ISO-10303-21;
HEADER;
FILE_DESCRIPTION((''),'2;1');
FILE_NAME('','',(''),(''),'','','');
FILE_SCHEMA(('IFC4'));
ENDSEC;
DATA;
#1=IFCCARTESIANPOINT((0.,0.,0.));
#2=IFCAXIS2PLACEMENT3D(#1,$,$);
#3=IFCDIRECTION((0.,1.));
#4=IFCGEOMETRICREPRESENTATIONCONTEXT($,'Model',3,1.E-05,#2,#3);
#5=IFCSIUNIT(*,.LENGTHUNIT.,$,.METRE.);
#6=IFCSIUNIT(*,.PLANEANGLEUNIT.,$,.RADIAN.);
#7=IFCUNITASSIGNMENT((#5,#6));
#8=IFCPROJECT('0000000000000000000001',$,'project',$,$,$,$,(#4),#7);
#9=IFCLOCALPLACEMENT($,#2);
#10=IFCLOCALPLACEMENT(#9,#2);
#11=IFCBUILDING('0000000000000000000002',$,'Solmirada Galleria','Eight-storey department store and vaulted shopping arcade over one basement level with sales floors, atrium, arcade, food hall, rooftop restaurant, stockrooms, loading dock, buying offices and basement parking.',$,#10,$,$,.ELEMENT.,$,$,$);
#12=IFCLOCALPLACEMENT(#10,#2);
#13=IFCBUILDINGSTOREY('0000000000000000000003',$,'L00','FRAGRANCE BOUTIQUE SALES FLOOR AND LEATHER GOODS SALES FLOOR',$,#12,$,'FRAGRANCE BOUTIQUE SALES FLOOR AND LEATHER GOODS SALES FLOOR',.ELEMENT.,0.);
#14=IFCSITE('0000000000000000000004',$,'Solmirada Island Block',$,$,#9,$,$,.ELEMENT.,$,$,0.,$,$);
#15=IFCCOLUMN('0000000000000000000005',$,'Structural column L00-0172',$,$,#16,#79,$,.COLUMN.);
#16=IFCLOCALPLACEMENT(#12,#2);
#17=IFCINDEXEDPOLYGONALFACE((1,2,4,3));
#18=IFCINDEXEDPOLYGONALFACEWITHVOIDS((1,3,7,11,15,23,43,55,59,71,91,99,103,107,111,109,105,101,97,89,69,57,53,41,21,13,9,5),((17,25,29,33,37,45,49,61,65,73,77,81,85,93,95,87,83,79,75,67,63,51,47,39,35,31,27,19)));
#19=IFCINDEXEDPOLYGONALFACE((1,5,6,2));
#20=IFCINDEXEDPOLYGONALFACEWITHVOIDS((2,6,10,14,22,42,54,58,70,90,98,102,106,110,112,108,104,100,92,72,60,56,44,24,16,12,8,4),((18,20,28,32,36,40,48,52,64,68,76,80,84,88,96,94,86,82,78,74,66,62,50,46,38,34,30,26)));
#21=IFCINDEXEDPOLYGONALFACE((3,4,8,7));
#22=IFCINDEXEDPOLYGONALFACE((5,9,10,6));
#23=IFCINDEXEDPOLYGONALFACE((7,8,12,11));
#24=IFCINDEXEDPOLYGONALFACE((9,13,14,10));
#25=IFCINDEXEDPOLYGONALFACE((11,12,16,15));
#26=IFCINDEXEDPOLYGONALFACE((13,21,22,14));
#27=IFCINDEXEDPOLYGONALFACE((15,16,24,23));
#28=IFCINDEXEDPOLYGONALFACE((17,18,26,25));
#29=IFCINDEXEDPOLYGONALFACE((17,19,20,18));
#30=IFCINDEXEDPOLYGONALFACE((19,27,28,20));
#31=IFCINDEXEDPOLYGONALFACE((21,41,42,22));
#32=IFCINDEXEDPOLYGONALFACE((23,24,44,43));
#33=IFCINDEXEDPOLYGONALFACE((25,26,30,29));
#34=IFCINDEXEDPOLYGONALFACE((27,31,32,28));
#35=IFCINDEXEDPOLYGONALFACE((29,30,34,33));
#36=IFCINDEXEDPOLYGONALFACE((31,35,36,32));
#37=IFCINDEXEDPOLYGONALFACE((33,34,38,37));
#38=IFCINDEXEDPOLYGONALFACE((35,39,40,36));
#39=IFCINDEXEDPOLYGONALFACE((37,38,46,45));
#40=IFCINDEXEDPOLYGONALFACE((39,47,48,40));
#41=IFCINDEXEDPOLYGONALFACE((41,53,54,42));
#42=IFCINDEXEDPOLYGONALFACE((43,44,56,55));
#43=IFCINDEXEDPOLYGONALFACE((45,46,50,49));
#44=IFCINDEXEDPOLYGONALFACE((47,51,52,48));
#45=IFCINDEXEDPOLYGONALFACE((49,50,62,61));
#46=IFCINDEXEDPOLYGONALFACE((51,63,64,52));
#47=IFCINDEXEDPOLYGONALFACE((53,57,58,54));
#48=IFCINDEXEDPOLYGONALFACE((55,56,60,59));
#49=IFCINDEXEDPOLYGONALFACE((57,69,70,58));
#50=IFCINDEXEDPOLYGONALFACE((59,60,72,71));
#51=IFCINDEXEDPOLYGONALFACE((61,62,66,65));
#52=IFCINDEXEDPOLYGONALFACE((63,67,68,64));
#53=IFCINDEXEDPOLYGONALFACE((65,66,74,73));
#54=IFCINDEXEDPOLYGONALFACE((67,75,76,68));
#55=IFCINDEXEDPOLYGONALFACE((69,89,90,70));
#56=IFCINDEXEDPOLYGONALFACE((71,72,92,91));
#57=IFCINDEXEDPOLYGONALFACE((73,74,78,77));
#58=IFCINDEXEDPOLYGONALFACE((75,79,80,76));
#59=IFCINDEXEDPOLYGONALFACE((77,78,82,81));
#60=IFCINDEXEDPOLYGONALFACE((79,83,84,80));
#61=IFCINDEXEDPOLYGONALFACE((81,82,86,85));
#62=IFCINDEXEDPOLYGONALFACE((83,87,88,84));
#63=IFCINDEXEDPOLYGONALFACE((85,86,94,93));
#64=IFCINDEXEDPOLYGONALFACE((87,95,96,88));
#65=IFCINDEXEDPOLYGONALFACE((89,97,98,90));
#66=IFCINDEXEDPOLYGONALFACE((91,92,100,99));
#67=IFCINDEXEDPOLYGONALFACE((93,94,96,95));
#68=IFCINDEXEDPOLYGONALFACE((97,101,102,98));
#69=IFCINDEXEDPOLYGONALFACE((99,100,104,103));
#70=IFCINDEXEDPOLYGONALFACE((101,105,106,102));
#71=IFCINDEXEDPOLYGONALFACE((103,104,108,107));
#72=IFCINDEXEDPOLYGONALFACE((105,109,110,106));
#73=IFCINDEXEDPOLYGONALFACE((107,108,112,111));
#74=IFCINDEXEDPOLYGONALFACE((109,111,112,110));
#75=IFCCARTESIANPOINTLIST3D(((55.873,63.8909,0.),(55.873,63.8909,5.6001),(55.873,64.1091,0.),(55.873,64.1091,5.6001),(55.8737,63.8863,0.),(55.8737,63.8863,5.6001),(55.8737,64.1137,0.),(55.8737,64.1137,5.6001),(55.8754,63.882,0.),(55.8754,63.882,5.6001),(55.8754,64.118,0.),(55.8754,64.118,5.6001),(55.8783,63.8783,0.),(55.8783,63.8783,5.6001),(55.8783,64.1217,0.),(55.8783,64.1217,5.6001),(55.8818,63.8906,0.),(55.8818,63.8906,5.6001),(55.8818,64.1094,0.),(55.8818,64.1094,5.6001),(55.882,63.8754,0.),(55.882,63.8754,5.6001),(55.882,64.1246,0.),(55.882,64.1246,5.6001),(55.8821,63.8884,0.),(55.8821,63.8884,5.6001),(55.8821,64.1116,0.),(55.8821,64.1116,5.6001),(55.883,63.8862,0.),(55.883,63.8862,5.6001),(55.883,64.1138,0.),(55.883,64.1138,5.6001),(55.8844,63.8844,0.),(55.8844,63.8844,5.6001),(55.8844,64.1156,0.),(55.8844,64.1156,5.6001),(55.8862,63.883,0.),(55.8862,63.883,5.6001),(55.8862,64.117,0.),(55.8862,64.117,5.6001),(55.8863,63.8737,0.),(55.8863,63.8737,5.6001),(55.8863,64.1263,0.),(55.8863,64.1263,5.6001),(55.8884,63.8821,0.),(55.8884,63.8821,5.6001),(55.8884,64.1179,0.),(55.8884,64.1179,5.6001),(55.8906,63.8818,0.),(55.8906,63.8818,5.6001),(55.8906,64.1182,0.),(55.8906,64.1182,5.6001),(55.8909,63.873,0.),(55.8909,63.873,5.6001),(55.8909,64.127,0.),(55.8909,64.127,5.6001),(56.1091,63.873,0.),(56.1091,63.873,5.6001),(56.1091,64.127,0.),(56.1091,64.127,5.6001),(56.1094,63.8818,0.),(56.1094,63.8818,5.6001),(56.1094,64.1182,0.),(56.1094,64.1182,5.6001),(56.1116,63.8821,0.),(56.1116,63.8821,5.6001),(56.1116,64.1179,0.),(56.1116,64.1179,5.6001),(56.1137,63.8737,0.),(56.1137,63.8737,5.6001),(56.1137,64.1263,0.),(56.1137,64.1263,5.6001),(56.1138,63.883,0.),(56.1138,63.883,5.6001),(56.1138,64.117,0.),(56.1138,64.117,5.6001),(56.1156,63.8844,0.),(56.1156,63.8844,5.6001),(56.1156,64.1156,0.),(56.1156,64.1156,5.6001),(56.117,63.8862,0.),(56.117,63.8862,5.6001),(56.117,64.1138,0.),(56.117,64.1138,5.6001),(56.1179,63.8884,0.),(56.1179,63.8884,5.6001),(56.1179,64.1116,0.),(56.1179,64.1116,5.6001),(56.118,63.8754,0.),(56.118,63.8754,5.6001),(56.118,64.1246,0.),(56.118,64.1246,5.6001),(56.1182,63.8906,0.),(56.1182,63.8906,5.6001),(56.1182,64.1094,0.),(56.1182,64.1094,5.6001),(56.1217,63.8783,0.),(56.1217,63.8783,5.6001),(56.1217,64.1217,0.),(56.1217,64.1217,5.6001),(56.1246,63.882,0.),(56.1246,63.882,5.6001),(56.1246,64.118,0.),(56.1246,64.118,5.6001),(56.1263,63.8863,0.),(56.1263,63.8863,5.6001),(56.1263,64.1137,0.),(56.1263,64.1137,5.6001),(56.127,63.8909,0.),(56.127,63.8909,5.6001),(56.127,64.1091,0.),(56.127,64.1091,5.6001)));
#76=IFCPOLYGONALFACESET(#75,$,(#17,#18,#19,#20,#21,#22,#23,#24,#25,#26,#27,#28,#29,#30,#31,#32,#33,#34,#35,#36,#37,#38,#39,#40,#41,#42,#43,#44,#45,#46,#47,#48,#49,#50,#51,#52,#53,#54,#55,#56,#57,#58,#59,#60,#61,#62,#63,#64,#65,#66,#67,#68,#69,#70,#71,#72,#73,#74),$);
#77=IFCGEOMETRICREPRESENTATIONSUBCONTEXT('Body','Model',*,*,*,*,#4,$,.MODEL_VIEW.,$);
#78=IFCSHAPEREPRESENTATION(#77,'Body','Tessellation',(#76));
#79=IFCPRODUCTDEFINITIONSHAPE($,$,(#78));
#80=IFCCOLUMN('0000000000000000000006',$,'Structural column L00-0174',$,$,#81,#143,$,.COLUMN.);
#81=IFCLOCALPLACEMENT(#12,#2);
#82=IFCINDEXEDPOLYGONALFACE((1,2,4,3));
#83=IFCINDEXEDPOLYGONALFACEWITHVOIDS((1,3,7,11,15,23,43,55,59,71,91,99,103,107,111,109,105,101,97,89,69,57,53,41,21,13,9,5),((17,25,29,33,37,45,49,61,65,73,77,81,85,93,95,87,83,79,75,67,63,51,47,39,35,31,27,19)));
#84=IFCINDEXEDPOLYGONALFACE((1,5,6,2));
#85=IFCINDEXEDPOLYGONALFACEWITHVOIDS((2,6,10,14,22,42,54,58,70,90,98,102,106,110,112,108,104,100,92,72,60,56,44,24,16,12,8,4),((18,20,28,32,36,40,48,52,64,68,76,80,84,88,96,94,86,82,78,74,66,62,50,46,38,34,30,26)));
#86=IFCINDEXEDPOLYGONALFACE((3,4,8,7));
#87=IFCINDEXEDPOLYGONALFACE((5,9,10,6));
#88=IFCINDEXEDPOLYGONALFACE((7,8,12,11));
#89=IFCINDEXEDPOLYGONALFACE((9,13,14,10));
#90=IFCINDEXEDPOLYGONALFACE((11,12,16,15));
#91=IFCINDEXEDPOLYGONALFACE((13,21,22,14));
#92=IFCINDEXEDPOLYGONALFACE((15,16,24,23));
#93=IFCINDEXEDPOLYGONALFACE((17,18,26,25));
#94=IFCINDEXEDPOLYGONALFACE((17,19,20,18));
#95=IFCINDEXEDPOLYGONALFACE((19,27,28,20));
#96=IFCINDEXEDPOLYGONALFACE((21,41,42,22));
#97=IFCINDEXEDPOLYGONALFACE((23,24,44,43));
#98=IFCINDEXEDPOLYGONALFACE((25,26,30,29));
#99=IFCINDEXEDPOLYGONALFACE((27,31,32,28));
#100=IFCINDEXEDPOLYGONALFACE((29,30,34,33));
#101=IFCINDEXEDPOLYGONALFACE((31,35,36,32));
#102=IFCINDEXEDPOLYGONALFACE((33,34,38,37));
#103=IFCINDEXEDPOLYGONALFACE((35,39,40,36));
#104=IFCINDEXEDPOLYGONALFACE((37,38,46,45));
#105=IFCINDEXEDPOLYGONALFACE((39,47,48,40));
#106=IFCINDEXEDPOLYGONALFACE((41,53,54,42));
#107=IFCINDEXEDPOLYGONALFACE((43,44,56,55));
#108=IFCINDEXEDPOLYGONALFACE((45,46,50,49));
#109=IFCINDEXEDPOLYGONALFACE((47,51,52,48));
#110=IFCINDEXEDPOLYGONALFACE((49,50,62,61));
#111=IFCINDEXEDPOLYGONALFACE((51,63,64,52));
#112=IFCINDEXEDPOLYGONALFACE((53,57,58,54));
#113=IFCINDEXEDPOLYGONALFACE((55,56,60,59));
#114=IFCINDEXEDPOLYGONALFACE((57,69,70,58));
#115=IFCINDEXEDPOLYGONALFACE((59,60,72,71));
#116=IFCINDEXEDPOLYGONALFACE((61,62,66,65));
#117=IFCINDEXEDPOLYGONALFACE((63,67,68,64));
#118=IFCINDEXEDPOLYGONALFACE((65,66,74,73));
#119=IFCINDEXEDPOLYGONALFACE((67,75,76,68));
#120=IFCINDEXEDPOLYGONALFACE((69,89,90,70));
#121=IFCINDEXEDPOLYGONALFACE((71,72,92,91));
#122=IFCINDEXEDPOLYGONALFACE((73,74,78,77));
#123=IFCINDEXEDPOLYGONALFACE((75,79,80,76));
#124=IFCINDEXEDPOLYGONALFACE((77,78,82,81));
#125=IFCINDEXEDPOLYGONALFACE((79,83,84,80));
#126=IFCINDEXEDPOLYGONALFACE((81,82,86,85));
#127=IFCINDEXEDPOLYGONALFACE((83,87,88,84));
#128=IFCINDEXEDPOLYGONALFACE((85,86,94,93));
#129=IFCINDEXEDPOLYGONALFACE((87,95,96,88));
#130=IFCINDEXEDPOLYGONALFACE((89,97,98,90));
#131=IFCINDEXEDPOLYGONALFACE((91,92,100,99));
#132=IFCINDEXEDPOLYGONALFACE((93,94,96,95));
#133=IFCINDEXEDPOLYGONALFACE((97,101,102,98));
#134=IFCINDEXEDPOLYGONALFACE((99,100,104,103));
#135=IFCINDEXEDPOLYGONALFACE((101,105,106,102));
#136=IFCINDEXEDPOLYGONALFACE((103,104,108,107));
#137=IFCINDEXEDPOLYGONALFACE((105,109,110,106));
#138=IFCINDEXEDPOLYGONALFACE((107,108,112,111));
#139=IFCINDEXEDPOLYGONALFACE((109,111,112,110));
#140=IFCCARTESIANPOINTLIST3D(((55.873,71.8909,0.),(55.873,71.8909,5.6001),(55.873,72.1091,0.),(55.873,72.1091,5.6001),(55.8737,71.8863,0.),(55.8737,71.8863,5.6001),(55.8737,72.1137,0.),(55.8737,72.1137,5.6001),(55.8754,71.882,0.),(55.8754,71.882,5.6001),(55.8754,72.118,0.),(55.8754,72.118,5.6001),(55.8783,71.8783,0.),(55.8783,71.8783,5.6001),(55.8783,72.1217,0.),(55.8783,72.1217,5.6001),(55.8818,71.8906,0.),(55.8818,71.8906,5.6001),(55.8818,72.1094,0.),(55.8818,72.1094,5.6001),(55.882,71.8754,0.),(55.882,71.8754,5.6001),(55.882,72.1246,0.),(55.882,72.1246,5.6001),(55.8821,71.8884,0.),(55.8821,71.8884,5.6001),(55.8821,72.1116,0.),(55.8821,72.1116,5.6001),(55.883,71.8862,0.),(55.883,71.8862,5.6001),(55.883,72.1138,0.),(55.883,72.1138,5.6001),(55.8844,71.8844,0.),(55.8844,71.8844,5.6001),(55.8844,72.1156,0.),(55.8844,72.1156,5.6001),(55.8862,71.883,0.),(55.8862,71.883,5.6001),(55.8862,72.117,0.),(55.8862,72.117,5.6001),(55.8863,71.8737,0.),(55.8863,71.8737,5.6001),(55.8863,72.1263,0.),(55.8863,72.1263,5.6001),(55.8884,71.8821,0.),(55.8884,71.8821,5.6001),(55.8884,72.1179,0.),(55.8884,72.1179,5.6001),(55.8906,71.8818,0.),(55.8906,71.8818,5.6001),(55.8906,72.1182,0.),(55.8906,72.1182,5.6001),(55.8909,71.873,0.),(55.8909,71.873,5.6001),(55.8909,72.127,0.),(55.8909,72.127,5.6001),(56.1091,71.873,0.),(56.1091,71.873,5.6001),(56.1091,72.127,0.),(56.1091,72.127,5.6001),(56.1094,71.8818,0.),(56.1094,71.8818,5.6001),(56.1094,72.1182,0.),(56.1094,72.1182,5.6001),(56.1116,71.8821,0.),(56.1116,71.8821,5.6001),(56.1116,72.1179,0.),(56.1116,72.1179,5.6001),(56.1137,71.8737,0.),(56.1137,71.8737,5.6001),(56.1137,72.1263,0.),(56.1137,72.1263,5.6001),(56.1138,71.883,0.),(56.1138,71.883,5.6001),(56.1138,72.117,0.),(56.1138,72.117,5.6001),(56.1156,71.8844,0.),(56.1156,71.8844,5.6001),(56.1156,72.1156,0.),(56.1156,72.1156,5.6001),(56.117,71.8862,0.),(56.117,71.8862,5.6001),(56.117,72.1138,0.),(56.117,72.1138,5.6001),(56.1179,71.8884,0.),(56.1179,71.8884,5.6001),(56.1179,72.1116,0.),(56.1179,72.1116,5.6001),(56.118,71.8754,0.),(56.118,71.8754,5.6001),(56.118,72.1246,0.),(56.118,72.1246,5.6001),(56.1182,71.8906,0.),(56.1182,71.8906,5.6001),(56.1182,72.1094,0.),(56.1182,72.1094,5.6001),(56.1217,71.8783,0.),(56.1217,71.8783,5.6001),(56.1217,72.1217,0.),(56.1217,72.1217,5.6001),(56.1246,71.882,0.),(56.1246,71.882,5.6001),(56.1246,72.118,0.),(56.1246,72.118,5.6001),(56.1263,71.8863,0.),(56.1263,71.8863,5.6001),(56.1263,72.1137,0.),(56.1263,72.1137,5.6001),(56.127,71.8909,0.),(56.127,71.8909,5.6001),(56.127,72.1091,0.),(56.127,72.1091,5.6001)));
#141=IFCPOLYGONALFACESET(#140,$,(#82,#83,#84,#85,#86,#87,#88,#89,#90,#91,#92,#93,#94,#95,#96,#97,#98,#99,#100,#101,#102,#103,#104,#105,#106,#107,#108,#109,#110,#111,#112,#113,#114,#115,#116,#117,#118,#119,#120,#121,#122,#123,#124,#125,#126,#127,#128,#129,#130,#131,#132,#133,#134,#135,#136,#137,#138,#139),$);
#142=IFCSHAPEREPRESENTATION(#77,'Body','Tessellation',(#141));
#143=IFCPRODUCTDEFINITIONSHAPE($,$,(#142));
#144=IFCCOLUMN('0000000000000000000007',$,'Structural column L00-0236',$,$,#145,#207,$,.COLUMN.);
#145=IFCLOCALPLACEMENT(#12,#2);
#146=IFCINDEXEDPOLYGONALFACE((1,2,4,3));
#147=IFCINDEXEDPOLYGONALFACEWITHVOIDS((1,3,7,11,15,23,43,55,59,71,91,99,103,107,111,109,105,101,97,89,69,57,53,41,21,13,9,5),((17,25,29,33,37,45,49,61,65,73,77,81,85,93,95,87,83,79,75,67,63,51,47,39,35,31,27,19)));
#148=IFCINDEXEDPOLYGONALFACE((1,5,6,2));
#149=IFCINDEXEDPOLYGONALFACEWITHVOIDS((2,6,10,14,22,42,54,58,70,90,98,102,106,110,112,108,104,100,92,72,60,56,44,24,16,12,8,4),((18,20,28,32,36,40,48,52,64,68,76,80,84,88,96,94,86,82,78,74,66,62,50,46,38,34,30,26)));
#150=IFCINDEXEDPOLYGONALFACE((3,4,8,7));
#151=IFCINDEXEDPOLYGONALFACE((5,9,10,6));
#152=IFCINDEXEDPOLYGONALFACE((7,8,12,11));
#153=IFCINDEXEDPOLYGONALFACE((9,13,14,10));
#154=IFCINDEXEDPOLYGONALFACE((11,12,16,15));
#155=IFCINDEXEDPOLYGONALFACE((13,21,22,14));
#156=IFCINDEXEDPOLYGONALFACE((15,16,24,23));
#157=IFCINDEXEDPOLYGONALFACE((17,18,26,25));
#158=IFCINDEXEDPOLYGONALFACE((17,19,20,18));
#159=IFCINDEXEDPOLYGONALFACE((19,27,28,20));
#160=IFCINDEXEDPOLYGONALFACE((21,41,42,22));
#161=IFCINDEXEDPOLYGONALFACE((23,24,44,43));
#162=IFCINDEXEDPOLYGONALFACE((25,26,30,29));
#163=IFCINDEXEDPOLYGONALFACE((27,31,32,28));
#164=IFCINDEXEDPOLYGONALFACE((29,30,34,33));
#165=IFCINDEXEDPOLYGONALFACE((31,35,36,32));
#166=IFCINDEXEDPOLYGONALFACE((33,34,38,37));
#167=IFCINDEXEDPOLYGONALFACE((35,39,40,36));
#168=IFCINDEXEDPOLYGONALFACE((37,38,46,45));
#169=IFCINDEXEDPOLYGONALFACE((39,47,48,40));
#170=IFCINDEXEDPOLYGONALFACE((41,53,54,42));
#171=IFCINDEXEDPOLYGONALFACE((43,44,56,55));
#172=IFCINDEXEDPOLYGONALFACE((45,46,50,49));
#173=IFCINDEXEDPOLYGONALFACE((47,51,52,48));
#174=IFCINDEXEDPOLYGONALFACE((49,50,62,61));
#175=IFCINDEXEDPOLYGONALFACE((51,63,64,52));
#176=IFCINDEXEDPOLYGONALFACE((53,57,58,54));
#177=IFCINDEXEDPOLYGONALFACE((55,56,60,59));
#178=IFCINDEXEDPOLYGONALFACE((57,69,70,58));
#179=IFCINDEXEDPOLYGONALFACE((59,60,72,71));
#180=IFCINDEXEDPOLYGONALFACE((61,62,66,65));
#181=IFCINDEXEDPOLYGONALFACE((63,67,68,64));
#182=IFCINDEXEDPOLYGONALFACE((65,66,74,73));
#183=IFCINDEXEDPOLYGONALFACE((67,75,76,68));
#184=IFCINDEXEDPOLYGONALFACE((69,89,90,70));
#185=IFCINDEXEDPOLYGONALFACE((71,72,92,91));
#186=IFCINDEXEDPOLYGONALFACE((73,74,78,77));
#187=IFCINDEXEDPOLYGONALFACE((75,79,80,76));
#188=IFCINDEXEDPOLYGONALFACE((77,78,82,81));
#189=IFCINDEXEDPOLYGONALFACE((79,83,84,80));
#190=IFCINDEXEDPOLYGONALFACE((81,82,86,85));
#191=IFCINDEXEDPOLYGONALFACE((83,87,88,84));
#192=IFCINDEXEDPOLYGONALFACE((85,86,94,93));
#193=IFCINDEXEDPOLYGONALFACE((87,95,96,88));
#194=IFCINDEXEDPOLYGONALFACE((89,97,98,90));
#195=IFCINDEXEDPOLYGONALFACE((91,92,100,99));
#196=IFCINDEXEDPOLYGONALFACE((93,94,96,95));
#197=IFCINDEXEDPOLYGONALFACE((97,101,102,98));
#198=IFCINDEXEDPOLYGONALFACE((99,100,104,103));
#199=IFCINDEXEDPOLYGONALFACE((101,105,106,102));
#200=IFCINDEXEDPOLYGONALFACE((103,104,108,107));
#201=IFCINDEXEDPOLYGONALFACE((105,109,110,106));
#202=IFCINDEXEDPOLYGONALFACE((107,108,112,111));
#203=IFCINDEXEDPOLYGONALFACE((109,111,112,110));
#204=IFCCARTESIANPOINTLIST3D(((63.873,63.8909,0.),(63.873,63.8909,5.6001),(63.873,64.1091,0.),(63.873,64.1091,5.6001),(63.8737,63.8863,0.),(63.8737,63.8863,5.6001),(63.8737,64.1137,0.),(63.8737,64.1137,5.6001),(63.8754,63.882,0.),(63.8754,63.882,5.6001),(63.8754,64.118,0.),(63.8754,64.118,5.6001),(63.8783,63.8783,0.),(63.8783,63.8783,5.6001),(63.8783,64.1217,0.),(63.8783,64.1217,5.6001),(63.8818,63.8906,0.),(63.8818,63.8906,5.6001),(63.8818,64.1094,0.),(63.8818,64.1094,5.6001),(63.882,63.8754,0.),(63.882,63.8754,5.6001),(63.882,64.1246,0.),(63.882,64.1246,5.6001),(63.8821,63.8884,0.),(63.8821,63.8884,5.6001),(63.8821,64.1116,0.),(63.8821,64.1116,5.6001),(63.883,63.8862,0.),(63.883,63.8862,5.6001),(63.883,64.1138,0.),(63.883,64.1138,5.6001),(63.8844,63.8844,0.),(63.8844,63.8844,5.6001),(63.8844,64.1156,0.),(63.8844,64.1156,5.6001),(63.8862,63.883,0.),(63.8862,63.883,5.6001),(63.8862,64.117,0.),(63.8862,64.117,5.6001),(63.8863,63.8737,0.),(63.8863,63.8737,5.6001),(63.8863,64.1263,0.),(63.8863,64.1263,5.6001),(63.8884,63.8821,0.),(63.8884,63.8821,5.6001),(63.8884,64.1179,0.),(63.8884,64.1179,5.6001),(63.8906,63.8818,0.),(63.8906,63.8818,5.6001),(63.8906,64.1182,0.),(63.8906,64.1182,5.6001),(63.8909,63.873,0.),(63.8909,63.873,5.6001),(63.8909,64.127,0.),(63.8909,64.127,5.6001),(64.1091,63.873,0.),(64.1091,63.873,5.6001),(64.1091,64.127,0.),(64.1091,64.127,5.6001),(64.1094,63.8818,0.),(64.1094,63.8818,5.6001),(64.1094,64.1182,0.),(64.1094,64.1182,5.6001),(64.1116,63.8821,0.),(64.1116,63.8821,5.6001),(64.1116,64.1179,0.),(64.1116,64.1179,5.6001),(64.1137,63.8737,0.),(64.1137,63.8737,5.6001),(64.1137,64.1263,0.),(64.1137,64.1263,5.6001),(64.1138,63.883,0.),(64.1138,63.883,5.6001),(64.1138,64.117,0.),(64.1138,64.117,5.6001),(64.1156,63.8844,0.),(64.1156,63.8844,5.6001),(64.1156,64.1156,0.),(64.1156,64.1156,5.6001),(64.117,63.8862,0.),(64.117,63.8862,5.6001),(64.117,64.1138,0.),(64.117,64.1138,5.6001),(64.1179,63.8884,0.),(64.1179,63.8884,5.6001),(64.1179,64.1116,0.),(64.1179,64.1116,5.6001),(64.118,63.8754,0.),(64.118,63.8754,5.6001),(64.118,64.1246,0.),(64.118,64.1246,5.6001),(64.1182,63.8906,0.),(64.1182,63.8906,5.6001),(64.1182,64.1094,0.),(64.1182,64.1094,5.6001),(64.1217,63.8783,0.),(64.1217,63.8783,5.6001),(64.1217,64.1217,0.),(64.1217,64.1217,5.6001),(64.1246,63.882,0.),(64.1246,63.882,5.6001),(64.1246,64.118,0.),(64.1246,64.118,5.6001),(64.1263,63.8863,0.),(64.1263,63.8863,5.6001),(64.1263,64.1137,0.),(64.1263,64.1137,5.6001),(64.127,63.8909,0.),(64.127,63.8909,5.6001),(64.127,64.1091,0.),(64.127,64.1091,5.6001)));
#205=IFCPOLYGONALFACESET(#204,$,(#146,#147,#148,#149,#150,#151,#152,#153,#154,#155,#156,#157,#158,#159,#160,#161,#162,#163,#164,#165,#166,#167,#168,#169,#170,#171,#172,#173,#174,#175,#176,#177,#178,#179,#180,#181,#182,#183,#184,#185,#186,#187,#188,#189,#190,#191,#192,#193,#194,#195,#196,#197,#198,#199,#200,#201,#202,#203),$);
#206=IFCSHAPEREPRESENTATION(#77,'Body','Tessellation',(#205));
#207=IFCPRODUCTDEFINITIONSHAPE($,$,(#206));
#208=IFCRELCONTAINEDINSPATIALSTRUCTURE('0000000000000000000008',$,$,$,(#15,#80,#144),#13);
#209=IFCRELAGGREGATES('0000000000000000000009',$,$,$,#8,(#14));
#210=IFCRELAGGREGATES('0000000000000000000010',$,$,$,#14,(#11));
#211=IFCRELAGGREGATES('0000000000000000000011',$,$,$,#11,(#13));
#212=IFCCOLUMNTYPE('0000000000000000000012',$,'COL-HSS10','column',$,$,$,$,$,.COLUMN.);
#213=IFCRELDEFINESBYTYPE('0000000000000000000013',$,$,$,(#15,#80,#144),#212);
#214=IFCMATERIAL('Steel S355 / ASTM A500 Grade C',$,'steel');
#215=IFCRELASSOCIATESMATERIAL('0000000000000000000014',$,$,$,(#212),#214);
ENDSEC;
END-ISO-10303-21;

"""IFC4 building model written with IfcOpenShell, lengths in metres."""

from ifc_helpers import new_model, si_unit, direction, frame, origin, origin_2d, place, context, subcontext, project, spatial, hollow_rectangle, extrude, material, material_profile, profile_set, type_object, element, save


model = new_model("IFC4")

# Units and contexts
model_context = context("Model", 3, precision=1e-05, world=origin(), true_north=direction((0.0, 1.0)))
body_context = subcontext(model_context, "Body", "Model", "MODEL_VIEW")
ifc_project = project(units=[si_unit("LENGTHUNIT", "METRE"), si_unit("PLANEANGLEUNIT", "RADIAN")], contexts=[model_context])

# Site, building, storey
site_placement = place(None, origin())
site = spatial("IfcSite", under=ifc_project, at=site_placement, Name="Solmirada Island Block", CompositionType="ELEMENT", RefElevation=0.0)
building_placement = place(site_placement, origin())
building = spatial("IfcBuilding", under=site, at=building_placement, Name="Solmirada Galleria", Description="Eight-storey department store and vaulted shopping arcade over one basement level with sales floors, atrium, arcade, food hall, rooftop restaurant, stockrooms, loading dock, buying offices and basement parking.", CompositionType="ELEMENT")
storey_placement = place(building_placement, origin())
storey = spatial("IfcBuildingStorey", under=building, at=storey_placement, Name="L00", Description="FRAGRANCE BOUTIQUE SALES FLOOR AND LEATHER GOODS SALES FLOOR", LongName="FRAGRANCE BOUTIQUE SALES FLOOR AND LEATHER GOODS SALES FLOOR", CompositionType="ELEMENT", Elevation=0.0)

# Columns
ifc_material_1 = material(Name="Steel S355 / ASTM A500 Grade C", Category="steel")
ifc_material_profile_1 = material_profile(ifc_material_1, hollow_rectangle(XDim=0.2539, YDim=0.2539, WallThickness=0.0088, InnerFilletRadius=0.0088, OuterFilletRadius=0.0178, at=origin_2d()), Name="HSS10X10X3/8")
ifc_profile_set_1 = profile_set([ifc_material_profile_1], Name="Steel S355 / ASTM A500 Grade C")
column_type = type_object("IfcColumnType", Name="COL-HSS10", Description="column", PredefinedType="COLUMN", material=ifc_profile_set_1)
for number, where, z_axis, x_axis, name in (
    (1, (56.0, 64.0, 0.0), (0.0, 0.0, 1.0), (1.0, 0.0, 0.0), "Structural column L00-0172"),
    (2, (56.0, 72.0, 0.0), (0.0, 0.0, 1.0), (1.0, 0.0, 0.0), "Structural column L00-0174"),
    (3, (64.0, 64.0, 0.0), (0.0, 0.0, 1.0), (1.0, 0.0, 0.0), "Structural column L00-0236"),
):
    element("IfcColumn", number, at=place(storey_placement, frame(where, z_axis=z_axis, x_axis=x_axis)), inside=storey, type_object=column_type, Name=name, PredefinedType="COLUMN", context=body_context, shape_type="SweptSolid", body=[
        extrude(hollow_rectangle(XDim=0.2539, YDim=0.2539, WallThickness=0.0088, InnerFilletRadius=0.0088, OuterFilletRadius=0.0178, at=origin_2d()), origin(), (0.0, 0.0, 1.0), 5.6001),
    ])

save(model, "model.ifc")
